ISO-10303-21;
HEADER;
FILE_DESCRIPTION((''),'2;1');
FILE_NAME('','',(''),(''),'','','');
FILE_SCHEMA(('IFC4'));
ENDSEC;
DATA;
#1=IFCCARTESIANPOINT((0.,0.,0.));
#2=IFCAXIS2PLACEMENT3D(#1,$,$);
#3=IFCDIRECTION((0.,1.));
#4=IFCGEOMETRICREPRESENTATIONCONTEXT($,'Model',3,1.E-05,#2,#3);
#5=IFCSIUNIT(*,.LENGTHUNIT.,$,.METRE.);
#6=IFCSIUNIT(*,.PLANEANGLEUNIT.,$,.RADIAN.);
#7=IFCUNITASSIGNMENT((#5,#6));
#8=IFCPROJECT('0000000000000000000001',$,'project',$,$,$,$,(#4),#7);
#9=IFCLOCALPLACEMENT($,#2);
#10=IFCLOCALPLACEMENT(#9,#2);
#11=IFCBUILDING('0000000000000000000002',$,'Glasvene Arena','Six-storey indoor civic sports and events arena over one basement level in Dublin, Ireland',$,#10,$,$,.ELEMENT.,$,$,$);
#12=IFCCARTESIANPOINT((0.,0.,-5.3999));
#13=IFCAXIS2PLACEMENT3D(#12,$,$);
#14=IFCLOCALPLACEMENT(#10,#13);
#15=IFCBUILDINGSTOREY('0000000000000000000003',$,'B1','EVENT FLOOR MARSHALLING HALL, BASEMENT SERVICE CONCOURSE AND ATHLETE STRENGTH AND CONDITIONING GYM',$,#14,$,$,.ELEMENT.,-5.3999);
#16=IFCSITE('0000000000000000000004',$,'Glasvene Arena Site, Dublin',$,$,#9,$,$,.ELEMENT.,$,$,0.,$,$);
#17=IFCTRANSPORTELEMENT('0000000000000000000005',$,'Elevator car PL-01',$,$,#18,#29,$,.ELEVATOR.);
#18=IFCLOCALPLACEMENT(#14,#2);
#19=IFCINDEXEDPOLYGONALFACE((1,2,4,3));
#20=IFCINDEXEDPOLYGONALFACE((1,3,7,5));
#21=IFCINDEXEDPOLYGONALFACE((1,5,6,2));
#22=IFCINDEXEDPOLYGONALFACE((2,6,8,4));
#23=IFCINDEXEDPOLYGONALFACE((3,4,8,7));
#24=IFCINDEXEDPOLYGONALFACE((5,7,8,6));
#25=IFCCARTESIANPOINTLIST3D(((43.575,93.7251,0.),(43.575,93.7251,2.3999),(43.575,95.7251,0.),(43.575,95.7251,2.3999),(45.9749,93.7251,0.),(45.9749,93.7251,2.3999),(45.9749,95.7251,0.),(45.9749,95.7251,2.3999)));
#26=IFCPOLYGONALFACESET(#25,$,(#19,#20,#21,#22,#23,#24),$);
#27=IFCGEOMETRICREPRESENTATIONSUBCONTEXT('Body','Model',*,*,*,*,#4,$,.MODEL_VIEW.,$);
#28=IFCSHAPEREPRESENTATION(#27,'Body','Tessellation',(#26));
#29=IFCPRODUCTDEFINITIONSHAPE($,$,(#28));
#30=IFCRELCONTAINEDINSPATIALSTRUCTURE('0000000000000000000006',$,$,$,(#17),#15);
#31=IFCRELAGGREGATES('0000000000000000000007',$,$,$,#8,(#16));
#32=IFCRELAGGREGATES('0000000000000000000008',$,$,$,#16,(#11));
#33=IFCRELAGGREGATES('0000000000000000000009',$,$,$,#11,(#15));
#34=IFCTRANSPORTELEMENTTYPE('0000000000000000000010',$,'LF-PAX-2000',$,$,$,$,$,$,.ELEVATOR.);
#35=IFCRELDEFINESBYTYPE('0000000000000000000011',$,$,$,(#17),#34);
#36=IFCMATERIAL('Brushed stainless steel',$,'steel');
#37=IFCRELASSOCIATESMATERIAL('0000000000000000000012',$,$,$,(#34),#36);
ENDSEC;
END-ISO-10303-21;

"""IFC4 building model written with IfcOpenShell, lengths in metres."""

from ifc_helpers import new_model, si_unit, direction, frame, origin, origin_2d, place, context, subcontext, project, spatial, rectangle, extrude, material, type_object, element, save


model = new_model("IFC4")

# Units and contexts
model_context = context("Model", 3, precision=1e-05, world=origin(), true_north=direction((0.0, 1.0)))
body_context = subcontext(model_context, "Body", "Model", "MODEL_VIEW")
ifc_project = project(units=[si_unit("LENGTHUNIT", "METRE"), si_unit("PLANEANGLEUNIT", "RADIAN")], contexts=[model_context])

# Site, building, storey
site_placement = place(None, origin())
site = spatial("IfcSite", under=ifc_project, at=site_placement, Name="Glasvene Arena Site, Dublin", CompositionType="ELEMENT", RefElevation=0.0)
building_placement = place(site_placement, origin())
building = spatial("IfcBuilding", under=site, at=building_placement, Name="Glasvene Arena", Description="Six-storey indoor civic sports and events arena over one basement level in Dublin, Ireland", CompositionType="ELEMENT")
storey_placement = place(building_placement, frame((0.0, 0.0, -5.3999)))
storey = spatial("IfcBuildingStorey", under=building, at=storey_placement, Name="B1", Description="EVENT FLOOR MARSHALLING HALL, BASEMENT SERVICE CONCOURSE AND ATHLETE STRENGTH AND CONDITIONING GYM", CompositionType="ELEMENT", Elevation=-5.3999)

# Shared definitions
ifc_material_1 = material(Name="Brushed stainless steel", Category="steel")

# Transport element
transport_element_type_1 = type_object("IfcTransportElementType", Name="LF-PAX-2000", PredefinedType="ELEVATOR", material=ifc_material_1)
transport_element_1_placement = place(storey_placement, frame((44.7749, 94.7251, 0.0), z_axis=(0.0, 0.0, 1.0), x_axis=(1.0, 0.0, 0.0)))
element("IfcTransportElement", 1, at=transport_element_1_placement, inside=storey, type_object=transport_element_type_1, Name="Elevator car PL-01", PredefinedType="ELEVATOR", context=body_context, shape_type="SweptSolid", body=[
    extrude(rectangle(XDim=2.3999, YDim=2.0, at=origin_2d()), origin(), (0.0, 0.0, 1.0), 2.3999),
])

save(model, "model.ifc")
